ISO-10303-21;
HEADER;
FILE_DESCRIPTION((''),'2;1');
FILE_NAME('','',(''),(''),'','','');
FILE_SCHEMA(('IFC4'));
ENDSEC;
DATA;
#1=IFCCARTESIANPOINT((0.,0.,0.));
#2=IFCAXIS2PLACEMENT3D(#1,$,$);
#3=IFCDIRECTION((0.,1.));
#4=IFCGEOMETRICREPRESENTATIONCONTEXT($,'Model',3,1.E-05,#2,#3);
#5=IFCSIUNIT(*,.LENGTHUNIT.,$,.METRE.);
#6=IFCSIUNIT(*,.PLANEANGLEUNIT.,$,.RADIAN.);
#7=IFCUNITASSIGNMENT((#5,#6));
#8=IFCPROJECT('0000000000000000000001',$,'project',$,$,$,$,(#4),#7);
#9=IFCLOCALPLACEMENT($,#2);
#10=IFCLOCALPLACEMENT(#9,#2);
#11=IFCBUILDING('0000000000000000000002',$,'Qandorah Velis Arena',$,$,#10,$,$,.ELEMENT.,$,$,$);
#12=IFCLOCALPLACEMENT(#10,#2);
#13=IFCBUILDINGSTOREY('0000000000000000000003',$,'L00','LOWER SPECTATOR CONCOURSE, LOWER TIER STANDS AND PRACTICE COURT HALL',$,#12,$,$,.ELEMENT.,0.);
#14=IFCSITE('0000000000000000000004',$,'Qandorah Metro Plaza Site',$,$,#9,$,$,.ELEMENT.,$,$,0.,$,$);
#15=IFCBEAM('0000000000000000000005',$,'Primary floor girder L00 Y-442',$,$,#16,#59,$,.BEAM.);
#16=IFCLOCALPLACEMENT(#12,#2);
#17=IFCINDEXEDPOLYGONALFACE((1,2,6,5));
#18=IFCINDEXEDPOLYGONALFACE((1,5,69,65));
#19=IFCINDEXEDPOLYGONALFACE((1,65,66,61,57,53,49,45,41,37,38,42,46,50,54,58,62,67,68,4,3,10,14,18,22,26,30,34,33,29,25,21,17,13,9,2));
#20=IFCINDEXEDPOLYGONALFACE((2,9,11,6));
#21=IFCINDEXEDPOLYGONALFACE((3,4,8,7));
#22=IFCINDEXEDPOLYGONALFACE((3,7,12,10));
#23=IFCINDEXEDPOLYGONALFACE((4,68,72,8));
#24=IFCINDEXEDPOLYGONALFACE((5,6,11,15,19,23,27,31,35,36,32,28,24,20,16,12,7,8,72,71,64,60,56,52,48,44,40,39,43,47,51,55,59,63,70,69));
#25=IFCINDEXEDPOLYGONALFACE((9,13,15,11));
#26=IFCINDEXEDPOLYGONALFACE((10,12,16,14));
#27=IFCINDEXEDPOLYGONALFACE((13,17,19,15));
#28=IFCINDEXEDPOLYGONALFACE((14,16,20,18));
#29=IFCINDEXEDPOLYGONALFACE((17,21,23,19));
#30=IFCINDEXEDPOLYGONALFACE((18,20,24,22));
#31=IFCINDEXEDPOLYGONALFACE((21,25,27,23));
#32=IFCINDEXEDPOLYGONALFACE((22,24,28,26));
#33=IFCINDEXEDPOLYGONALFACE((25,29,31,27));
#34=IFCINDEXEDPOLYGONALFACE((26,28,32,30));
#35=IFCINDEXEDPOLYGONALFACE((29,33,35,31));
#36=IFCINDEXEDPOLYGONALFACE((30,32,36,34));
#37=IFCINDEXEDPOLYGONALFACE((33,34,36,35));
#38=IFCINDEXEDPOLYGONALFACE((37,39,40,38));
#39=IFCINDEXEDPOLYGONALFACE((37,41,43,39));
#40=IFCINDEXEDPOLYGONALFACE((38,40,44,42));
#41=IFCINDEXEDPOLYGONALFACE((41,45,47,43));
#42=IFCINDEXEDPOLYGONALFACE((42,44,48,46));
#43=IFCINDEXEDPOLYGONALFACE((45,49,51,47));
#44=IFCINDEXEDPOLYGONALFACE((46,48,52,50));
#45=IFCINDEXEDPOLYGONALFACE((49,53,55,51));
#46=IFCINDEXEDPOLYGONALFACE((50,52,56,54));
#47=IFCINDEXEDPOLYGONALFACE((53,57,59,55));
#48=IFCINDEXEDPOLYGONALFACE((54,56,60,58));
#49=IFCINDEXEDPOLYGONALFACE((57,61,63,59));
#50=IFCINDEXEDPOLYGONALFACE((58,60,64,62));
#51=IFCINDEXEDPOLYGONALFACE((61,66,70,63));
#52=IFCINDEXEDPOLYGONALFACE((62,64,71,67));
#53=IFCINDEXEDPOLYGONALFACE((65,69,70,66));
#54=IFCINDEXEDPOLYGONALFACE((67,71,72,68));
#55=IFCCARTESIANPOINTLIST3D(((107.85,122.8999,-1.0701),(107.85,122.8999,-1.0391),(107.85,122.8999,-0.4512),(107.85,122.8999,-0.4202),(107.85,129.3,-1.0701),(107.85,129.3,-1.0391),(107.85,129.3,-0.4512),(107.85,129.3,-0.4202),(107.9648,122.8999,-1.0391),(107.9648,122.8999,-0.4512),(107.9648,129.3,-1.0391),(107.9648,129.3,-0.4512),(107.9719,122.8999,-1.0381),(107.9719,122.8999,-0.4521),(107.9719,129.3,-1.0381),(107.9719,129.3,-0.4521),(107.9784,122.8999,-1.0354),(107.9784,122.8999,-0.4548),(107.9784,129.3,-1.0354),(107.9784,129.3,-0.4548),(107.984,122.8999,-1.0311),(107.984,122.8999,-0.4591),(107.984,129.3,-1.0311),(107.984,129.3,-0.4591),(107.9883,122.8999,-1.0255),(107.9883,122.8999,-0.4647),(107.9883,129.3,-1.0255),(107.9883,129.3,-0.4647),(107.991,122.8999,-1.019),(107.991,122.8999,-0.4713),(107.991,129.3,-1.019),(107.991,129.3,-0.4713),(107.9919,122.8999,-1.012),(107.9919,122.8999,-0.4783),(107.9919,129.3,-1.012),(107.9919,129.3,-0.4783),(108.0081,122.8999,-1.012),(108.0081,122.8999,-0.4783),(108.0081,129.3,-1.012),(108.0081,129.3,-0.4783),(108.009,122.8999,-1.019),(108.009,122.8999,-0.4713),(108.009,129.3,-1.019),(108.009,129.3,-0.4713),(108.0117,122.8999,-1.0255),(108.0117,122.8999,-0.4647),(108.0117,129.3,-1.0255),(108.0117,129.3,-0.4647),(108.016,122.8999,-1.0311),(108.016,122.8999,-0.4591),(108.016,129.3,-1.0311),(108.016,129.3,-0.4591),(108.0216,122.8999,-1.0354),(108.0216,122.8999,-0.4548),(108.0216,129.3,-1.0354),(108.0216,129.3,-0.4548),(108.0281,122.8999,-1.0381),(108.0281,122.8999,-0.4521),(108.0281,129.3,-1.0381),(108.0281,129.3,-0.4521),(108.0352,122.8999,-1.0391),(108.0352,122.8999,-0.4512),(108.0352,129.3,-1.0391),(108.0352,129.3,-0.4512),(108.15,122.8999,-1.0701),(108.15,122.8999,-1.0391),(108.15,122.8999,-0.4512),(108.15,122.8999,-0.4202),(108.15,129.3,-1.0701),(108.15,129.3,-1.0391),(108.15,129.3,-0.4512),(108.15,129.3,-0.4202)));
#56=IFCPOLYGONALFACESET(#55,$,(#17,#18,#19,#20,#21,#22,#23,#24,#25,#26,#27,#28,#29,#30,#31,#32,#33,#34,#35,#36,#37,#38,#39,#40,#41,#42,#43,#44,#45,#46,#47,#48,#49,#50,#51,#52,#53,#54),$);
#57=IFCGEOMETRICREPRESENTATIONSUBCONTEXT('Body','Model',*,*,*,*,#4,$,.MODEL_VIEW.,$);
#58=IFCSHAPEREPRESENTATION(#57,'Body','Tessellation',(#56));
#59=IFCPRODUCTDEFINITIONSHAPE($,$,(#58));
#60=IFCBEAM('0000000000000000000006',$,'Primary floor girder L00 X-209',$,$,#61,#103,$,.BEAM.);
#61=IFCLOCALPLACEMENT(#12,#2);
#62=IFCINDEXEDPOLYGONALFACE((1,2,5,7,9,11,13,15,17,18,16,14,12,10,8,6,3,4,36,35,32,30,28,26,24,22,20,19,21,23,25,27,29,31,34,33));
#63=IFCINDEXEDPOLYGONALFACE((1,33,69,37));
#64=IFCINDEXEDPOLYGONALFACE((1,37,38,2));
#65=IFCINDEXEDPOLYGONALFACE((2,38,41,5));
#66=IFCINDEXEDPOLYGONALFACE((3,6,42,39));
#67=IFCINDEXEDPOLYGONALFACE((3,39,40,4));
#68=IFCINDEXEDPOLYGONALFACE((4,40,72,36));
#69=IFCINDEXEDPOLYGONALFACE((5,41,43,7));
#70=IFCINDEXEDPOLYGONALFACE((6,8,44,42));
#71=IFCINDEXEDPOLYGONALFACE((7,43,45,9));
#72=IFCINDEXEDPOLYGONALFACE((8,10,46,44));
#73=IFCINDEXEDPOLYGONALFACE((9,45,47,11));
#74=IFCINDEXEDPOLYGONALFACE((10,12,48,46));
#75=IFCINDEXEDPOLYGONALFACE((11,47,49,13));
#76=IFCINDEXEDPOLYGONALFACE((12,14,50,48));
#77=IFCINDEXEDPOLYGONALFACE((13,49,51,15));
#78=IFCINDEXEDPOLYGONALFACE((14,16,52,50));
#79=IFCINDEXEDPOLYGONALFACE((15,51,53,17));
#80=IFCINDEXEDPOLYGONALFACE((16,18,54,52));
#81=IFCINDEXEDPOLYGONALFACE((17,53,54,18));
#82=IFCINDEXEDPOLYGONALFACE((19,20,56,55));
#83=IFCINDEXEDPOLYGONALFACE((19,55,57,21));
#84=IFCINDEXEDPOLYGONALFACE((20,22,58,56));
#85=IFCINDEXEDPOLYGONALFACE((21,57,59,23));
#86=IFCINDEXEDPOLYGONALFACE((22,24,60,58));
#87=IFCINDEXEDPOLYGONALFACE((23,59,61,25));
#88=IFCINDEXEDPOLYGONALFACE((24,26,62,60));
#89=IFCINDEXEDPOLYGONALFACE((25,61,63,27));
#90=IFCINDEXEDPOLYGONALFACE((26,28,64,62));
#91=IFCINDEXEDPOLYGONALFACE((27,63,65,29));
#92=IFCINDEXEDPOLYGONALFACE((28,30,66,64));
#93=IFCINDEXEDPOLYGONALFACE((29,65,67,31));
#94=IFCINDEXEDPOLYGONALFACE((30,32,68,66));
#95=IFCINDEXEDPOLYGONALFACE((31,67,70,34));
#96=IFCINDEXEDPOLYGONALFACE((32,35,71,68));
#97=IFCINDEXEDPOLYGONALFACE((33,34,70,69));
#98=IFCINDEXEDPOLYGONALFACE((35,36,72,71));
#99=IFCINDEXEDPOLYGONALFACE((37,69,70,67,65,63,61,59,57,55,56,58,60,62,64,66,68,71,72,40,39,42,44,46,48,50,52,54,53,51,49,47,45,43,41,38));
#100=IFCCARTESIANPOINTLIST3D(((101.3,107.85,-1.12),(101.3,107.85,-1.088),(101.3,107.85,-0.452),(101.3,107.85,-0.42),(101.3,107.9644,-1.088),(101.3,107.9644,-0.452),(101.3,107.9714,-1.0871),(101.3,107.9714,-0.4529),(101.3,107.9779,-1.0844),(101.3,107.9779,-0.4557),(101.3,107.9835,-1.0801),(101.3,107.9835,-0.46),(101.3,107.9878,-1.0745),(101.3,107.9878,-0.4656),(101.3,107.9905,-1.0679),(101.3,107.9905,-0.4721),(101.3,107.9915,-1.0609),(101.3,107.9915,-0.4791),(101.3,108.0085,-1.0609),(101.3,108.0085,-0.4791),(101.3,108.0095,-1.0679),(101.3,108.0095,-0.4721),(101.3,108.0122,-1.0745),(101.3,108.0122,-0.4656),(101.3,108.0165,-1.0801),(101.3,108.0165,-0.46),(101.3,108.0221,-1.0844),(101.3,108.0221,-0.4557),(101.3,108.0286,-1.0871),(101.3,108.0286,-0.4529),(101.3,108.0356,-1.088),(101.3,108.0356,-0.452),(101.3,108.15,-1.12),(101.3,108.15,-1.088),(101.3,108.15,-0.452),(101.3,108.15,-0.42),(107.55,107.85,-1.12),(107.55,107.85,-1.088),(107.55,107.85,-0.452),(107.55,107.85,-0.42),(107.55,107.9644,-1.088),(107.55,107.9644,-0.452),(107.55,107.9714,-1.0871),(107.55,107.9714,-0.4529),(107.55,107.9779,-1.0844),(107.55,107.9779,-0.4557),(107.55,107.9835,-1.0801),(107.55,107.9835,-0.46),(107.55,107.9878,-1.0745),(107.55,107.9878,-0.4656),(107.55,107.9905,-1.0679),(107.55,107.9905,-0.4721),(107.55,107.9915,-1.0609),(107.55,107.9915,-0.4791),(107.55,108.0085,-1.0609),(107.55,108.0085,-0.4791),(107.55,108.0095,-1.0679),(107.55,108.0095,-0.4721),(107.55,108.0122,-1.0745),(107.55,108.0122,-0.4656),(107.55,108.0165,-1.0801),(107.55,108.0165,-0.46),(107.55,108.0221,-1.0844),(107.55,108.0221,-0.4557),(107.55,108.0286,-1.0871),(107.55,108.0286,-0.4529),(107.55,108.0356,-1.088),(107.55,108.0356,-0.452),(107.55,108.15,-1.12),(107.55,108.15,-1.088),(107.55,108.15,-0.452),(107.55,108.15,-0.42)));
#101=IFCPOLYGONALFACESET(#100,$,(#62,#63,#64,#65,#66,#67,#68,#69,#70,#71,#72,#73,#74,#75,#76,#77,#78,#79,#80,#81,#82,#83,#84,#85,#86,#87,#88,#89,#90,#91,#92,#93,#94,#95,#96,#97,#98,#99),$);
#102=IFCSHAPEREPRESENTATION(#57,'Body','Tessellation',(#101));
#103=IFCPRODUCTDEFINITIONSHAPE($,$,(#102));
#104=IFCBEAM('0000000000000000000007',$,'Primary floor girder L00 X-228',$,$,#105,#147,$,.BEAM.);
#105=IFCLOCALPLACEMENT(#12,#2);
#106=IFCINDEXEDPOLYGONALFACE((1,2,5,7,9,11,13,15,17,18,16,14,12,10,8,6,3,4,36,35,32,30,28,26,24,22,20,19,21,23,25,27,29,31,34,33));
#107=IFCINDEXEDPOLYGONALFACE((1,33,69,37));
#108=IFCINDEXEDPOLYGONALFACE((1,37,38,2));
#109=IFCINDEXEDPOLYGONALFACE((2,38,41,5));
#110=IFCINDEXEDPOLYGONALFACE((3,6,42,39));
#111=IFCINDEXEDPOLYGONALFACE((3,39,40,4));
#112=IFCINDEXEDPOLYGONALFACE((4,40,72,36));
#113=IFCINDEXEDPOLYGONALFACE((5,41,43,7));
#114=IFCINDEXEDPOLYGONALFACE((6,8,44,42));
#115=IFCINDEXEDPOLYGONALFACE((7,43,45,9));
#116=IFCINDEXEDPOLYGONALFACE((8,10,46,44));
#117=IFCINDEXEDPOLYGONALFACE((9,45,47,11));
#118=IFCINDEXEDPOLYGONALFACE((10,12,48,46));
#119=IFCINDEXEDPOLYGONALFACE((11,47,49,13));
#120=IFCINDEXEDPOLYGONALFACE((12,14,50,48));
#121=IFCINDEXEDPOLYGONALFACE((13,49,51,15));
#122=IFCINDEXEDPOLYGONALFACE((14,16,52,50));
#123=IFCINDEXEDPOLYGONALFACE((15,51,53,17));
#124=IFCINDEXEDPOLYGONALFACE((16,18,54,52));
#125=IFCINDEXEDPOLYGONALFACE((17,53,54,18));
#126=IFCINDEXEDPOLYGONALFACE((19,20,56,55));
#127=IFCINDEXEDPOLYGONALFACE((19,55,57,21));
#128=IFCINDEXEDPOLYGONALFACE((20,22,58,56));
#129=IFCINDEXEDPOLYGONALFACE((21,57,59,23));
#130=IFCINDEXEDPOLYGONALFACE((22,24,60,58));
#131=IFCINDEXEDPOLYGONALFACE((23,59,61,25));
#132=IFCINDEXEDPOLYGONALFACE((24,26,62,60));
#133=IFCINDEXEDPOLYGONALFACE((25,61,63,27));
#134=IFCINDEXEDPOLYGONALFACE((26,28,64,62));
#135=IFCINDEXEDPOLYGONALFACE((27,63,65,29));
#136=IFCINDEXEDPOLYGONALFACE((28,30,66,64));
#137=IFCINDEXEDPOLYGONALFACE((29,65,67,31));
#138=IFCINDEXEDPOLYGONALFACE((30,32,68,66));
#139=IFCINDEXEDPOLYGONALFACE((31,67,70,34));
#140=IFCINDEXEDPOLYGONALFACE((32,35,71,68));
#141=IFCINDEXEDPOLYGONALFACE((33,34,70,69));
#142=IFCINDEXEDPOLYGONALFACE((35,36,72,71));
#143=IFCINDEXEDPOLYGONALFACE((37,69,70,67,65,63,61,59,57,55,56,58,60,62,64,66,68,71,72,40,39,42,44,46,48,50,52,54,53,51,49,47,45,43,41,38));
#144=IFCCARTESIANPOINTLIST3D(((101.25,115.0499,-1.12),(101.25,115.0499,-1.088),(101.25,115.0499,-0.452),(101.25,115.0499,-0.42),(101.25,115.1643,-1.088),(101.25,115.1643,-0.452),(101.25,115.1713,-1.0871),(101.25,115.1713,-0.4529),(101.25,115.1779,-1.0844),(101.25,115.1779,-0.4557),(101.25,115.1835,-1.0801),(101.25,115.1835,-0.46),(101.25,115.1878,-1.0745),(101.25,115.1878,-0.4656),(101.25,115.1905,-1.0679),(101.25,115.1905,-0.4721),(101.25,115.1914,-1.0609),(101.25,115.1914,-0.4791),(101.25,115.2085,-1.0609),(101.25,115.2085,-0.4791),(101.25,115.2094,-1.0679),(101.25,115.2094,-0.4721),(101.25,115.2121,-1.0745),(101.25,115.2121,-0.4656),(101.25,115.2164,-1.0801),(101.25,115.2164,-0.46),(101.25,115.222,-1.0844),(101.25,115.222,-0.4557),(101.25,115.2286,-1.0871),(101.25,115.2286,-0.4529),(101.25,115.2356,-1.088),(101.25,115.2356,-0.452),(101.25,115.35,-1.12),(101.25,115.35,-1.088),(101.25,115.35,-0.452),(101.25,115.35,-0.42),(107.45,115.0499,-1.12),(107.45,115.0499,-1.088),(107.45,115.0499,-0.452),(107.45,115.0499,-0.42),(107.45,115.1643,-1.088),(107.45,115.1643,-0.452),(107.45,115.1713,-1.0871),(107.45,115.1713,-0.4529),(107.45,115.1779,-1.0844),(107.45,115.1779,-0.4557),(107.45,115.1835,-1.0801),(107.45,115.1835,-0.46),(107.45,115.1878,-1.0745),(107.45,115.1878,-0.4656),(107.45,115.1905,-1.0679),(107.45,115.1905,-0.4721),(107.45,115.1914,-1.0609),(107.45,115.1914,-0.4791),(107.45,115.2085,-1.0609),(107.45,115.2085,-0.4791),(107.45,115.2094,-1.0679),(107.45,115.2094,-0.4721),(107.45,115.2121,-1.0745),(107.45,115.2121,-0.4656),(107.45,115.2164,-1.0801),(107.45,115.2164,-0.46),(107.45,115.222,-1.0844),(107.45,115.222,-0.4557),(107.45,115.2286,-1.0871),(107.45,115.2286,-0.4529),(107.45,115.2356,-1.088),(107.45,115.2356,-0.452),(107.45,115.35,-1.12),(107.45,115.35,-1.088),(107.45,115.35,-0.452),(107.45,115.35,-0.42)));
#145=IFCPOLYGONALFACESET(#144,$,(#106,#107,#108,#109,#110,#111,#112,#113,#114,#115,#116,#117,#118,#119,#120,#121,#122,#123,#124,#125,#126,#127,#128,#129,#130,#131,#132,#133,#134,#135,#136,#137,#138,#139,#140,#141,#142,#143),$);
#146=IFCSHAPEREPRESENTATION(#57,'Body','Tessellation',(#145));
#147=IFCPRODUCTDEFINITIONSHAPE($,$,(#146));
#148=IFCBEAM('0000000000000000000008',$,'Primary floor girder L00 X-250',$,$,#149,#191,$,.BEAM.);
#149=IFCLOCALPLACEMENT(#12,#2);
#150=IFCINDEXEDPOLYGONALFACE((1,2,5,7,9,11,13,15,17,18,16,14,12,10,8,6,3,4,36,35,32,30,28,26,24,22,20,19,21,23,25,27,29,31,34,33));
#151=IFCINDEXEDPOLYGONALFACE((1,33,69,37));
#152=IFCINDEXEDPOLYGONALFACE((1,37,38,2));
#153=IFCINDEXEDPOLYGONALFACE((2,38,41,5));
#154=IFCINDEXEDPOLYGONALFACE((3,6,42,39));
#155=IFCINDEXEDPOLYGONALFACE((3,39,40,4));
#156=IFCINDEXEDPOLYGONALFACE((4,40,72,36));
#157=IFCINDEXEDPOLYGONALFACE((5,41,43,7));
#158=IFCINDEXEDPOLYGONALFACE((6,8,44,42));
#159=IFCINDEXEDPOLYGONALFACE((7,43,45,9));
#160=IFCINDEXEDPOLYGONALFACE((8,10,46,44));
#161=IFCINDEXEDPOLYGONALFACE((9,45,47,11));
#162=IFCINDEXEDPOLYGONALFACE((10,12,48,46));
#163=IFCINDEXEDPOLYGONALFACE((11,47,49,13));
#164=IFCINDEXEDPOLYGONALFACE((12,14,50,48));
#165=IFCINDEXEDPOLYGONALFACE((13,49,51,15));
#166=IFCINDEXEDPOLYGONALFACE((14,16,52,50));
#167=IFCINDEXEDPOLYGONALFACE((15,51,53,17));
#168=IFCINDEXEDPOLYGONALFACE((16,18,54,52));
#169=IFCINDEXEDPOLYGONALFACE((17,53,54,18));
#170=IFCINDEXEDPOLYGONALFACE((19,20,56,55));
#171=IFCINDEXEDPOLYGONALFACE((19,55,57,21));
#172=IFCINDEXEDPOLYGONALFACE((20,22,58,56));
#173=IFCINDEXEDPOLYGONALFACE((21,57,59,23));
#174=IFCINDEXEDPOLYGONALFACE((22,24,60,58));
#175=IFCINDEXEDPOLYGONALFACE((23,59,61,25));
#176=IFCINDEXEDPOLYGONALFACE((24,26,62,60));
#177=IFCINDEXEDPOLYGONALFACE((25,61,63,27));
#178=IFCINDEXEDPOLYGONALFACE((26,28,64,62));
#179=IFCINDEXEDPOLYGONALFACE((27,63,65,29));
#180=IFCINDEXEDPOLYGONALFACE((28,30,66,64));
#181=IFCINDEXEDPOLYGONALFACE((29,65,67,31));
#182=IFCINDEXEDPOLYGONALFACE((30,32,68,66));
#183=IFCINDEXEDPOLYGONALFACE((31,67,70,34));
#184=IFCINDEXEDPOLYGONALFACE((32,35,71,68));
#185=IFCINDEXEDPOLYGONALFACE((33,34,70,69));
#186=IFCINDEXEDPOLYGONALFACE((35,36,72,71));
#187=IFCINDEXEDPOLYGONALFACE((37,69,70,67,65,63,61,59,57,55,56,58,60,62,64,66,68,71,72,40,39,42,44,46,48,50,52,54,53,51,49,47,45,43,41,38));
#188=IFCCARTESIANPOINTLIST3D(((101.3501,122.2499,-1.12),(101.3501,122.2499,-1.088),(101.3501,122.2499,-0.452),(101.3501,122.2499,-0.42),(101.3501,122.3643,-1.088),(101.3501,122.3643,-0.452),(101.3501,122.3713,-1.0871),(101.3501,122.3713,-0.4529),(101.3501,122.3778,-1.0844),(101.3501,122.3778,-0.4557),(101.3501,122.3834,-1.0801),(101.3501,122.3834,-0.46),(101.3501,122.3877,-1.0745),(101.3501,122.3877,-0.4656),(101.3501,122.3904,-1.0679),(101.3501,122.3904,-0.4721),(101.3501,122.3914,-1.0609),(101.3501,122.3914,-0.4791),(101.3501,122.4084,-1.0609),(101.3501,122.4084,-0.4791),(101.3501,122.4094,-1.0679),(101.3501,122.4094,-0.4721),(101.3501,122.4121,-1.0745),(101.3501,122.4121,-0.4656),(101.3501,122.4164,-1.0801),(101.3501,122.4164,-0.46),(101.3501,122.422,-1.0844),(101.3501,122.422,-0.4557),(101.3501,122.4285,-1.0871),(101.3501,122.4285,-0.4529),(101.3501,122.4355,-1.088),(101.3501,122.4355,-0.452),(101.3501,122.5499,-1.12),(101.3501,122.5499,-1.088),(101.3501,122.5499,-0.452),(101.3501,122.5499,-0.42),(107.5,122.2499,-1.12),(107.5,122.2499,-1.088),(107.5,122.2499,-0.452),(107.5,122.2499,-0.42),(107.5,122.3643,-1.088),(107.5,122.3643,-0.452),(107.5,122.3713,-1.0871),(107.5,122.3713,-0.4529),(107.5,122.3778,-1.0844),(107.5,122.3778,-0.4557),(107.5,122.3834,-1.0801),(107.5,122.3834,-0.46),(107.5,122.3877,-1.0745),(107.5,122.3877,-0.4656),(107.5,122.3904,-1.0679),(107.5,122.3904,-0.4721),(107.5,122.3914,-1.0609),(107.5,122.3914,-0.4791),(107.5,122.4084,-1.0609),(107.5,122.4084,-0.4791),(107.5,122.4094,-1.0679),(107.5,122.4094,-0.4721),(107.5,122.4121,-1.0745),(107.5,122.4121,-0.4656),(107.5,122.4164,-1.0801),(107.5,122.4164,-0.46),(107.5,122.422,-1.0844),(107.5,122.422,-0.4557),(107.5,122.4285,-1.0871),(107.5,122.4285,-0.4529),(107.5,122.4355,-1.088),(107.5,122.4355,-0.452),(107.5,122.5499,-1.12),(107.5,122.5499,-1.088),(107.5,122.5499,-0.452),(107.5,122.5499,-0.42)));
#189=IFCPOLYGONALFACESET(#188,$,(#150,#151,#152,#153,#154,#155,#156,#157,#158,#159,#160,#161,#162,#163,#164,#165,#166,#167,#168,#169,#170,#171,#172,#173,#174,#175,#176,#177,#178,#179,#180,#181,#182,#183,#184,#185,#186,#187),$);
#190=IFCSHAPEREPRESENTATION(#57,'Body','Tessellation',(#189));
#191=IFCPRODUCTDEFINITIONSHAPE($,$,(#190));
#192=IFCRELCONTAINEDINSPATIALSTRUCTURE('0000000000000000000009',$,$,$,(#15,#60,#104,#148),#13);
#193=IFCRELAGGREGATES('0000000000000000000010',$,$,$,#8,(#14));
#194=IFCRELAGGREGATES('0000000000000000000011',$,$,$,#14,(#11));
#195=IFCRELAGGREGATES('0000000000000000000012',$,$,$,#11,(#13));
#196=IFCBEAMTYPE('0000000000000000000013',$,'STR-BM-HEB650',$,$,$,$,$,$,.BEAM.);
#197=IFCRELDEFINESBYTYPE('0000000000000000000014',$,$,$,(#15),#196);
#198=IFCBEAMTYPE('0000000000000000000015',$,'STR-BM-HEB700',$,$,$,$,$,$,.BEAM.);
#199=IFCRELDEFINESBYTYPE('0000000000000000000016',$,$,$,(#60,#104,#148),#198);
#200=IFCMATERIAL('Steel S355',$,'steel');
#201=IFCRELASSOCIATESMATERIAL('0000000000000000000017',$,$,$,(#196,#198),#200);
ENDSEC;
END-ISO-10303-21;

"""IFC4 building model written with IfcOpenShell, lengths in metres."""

from ifc_helpers import new_model, si_unit, direction, frame, origin, origin_2d, place, context, subcontext, project, spatial, i_section, extrude, material, material_profile, profile_set, type_object, element, save


model = new_model("IFC4")

# Units and contexts
model_context = context("Model", 3, precision=1e-05, world=origin(), true_north=direction((0.0, 1.0)))
body_context = subcontext(model_context, "Body", "Model", "MODEL_VIEW")
ifc_project = project(units=[si_unit("LENGTHUNIT", "METRE"), si_unit("PLANEANGLEUNIT", "RADIAN")], contexts=[model_context])

# Site, building, storey
site_placement = place(None, origin())
site = spatial("IfcSite", under=ifc_project, at=site_placement, Name="Qandorah Metro Plaza Site", CompositionType="ELEMENT", RefElevation=0.0)
building_placement = place(site_placement, origin())
building = spatial("IfcBuilding", under=site, at=building_placement, Name="Qandorah Velis Arena", CompositionType="ELEMENT")
storey_placement = place(building_placement, origin())
storey = spatial("IfcBuildingStorey", under=building, at=storey_placement, Name="L00", Description="LOWER SPECTATOR CONCOURSE, LOWER TIER STANDS AND PRACTICE COURT HALL", CompositionType="ELEMENT", Elevation=0.0)

# Beams
ifc_material_1 = material(Name="Steel S355", Category="steel")
ifc_material_profile_1 = material_profile(ifc_material_1, i_section(OverallWidth=0.3, OverallDepth=0.6499, WebThickness=0.0161, FlangeThickness=0.031, FilletRadius=0.0271, at=origin_2d()), Name="HEB 650")
ifc_profile_set_1 = profile_set([ifc_material_profile_1], Name="Steel S355")
beam_type_1 = type_object("IfcBeamType", Name="STR-BM-HEB650", PredefinedType="BEAM", material=ifc_profile_set_1)
beam_1_placement = place(storey_placement, frame((108.0, 122.8999, -0.7451), z_axis=(0.0, 1.0, 0.0), x_axis=(-1.0, 0.0, 0.0)))
element("IfcBeam", 1, at=beam_1_placement, inside=storey, type_object=beam_type_1, Name="Primary floor girder L00 Y-442", PredefinedType="BEAM", context=body_context, shape_type="SweptSolid", body=[
    extrude(i_section(OverallWidth=0.3, OverallDepth=0.6499, WebThickness=0.0161, FlangeThickness=0.031, FilletRadius=0.0271, at=origin_2d()), origin(), (0.0, 0.0, 1.0), 6.4001),
])
ifc_material_profile_2 = material_profile(ifc_material_1, i_section(OverallWidth=0.3, OverallDepth=0.7, WebThickness=0.0171, FlangeThickness=0.032, FilletRadius=0.0271, at=origin_2d()), Name="HEB 700")
ifc_profile_set_2 = profile_set([ifc_material_profile_2], Name="Steel S355")
beam_type_2 = type_object("IfcBeamType", Name="STR-BM-HEB700", PredefinedType="BEAM", material=ifc_profile_set_2)
beam_2_placement = place(storey_placement, frame((101.3, 108.0, -0.77), z_axis=(1.0, 0.0, 0.0), x_axis=(0.0, 1.0, 0.0)))
element("IfcBeam", 2, at=beam_2_placement, inside=storey, type_object=beam_type_2, Name="Primary floor girder L00 X-209", PredefinedType="BEAM", context=body_context, shape_type="SweptSolid", body=[
    extrude(i_section(OverallWidth=0.3, OverallDepth=0.7, WebThickness=0.0171, FlangeThickness=0.032, FilletRadius=0.0271, at=origin_2d()), origin(), (0.0, 0.0, 1.0), 6.25),
])
beam_3_placement = place(storey_placement, frame((101.25, 115.2, -0.77), z_axis=(1.0, 0.0, 0.0), x_axis=(0.0, 1.0, 0.0)))
element("IfcBeam", 3, at=beam_3_placement, inside=storey, type_object=beam_type_2, Name="Primary floor girder L00 X-228", PredefinedType="BEAM", context=body_context, shape_type="SweptSolid", body=[
    extrude(i_section(OverallWidth=0.3, OverallDepth=0.7, WebThickness=0.0171, FlangeThickness=0.032, FilletRadius=0.0271, at=origin_2d()), origin(), (0.0, 0.0, 1.0), 6.2),
])
beam_4_placement = place(storey_placement, frame((101.3501, 122.3999, -0.77), z_axis=(1.0, 0.0, 0.0), x_axis=(0.0, 1.0, 0.0)))
element("IfcBeam", 4, at=beam_4_placement, inside=storey, type_object=beam_type_2, Name="Primary floor girder L00 X-250", PredefinedType="BEAM", context=body_context, shape_type="SweptSolid", body=[
    extrude(i_section(OverallWidth=0.3, OverallDepth=0.7, WebThickness=0.0171, FlangeThickness=0.032, FilletRadius=0.0271, at=origin_2d()), origin(), (0.0, 0.0, 1.0), 6.1499),
])

save(model, "model.ifc")
